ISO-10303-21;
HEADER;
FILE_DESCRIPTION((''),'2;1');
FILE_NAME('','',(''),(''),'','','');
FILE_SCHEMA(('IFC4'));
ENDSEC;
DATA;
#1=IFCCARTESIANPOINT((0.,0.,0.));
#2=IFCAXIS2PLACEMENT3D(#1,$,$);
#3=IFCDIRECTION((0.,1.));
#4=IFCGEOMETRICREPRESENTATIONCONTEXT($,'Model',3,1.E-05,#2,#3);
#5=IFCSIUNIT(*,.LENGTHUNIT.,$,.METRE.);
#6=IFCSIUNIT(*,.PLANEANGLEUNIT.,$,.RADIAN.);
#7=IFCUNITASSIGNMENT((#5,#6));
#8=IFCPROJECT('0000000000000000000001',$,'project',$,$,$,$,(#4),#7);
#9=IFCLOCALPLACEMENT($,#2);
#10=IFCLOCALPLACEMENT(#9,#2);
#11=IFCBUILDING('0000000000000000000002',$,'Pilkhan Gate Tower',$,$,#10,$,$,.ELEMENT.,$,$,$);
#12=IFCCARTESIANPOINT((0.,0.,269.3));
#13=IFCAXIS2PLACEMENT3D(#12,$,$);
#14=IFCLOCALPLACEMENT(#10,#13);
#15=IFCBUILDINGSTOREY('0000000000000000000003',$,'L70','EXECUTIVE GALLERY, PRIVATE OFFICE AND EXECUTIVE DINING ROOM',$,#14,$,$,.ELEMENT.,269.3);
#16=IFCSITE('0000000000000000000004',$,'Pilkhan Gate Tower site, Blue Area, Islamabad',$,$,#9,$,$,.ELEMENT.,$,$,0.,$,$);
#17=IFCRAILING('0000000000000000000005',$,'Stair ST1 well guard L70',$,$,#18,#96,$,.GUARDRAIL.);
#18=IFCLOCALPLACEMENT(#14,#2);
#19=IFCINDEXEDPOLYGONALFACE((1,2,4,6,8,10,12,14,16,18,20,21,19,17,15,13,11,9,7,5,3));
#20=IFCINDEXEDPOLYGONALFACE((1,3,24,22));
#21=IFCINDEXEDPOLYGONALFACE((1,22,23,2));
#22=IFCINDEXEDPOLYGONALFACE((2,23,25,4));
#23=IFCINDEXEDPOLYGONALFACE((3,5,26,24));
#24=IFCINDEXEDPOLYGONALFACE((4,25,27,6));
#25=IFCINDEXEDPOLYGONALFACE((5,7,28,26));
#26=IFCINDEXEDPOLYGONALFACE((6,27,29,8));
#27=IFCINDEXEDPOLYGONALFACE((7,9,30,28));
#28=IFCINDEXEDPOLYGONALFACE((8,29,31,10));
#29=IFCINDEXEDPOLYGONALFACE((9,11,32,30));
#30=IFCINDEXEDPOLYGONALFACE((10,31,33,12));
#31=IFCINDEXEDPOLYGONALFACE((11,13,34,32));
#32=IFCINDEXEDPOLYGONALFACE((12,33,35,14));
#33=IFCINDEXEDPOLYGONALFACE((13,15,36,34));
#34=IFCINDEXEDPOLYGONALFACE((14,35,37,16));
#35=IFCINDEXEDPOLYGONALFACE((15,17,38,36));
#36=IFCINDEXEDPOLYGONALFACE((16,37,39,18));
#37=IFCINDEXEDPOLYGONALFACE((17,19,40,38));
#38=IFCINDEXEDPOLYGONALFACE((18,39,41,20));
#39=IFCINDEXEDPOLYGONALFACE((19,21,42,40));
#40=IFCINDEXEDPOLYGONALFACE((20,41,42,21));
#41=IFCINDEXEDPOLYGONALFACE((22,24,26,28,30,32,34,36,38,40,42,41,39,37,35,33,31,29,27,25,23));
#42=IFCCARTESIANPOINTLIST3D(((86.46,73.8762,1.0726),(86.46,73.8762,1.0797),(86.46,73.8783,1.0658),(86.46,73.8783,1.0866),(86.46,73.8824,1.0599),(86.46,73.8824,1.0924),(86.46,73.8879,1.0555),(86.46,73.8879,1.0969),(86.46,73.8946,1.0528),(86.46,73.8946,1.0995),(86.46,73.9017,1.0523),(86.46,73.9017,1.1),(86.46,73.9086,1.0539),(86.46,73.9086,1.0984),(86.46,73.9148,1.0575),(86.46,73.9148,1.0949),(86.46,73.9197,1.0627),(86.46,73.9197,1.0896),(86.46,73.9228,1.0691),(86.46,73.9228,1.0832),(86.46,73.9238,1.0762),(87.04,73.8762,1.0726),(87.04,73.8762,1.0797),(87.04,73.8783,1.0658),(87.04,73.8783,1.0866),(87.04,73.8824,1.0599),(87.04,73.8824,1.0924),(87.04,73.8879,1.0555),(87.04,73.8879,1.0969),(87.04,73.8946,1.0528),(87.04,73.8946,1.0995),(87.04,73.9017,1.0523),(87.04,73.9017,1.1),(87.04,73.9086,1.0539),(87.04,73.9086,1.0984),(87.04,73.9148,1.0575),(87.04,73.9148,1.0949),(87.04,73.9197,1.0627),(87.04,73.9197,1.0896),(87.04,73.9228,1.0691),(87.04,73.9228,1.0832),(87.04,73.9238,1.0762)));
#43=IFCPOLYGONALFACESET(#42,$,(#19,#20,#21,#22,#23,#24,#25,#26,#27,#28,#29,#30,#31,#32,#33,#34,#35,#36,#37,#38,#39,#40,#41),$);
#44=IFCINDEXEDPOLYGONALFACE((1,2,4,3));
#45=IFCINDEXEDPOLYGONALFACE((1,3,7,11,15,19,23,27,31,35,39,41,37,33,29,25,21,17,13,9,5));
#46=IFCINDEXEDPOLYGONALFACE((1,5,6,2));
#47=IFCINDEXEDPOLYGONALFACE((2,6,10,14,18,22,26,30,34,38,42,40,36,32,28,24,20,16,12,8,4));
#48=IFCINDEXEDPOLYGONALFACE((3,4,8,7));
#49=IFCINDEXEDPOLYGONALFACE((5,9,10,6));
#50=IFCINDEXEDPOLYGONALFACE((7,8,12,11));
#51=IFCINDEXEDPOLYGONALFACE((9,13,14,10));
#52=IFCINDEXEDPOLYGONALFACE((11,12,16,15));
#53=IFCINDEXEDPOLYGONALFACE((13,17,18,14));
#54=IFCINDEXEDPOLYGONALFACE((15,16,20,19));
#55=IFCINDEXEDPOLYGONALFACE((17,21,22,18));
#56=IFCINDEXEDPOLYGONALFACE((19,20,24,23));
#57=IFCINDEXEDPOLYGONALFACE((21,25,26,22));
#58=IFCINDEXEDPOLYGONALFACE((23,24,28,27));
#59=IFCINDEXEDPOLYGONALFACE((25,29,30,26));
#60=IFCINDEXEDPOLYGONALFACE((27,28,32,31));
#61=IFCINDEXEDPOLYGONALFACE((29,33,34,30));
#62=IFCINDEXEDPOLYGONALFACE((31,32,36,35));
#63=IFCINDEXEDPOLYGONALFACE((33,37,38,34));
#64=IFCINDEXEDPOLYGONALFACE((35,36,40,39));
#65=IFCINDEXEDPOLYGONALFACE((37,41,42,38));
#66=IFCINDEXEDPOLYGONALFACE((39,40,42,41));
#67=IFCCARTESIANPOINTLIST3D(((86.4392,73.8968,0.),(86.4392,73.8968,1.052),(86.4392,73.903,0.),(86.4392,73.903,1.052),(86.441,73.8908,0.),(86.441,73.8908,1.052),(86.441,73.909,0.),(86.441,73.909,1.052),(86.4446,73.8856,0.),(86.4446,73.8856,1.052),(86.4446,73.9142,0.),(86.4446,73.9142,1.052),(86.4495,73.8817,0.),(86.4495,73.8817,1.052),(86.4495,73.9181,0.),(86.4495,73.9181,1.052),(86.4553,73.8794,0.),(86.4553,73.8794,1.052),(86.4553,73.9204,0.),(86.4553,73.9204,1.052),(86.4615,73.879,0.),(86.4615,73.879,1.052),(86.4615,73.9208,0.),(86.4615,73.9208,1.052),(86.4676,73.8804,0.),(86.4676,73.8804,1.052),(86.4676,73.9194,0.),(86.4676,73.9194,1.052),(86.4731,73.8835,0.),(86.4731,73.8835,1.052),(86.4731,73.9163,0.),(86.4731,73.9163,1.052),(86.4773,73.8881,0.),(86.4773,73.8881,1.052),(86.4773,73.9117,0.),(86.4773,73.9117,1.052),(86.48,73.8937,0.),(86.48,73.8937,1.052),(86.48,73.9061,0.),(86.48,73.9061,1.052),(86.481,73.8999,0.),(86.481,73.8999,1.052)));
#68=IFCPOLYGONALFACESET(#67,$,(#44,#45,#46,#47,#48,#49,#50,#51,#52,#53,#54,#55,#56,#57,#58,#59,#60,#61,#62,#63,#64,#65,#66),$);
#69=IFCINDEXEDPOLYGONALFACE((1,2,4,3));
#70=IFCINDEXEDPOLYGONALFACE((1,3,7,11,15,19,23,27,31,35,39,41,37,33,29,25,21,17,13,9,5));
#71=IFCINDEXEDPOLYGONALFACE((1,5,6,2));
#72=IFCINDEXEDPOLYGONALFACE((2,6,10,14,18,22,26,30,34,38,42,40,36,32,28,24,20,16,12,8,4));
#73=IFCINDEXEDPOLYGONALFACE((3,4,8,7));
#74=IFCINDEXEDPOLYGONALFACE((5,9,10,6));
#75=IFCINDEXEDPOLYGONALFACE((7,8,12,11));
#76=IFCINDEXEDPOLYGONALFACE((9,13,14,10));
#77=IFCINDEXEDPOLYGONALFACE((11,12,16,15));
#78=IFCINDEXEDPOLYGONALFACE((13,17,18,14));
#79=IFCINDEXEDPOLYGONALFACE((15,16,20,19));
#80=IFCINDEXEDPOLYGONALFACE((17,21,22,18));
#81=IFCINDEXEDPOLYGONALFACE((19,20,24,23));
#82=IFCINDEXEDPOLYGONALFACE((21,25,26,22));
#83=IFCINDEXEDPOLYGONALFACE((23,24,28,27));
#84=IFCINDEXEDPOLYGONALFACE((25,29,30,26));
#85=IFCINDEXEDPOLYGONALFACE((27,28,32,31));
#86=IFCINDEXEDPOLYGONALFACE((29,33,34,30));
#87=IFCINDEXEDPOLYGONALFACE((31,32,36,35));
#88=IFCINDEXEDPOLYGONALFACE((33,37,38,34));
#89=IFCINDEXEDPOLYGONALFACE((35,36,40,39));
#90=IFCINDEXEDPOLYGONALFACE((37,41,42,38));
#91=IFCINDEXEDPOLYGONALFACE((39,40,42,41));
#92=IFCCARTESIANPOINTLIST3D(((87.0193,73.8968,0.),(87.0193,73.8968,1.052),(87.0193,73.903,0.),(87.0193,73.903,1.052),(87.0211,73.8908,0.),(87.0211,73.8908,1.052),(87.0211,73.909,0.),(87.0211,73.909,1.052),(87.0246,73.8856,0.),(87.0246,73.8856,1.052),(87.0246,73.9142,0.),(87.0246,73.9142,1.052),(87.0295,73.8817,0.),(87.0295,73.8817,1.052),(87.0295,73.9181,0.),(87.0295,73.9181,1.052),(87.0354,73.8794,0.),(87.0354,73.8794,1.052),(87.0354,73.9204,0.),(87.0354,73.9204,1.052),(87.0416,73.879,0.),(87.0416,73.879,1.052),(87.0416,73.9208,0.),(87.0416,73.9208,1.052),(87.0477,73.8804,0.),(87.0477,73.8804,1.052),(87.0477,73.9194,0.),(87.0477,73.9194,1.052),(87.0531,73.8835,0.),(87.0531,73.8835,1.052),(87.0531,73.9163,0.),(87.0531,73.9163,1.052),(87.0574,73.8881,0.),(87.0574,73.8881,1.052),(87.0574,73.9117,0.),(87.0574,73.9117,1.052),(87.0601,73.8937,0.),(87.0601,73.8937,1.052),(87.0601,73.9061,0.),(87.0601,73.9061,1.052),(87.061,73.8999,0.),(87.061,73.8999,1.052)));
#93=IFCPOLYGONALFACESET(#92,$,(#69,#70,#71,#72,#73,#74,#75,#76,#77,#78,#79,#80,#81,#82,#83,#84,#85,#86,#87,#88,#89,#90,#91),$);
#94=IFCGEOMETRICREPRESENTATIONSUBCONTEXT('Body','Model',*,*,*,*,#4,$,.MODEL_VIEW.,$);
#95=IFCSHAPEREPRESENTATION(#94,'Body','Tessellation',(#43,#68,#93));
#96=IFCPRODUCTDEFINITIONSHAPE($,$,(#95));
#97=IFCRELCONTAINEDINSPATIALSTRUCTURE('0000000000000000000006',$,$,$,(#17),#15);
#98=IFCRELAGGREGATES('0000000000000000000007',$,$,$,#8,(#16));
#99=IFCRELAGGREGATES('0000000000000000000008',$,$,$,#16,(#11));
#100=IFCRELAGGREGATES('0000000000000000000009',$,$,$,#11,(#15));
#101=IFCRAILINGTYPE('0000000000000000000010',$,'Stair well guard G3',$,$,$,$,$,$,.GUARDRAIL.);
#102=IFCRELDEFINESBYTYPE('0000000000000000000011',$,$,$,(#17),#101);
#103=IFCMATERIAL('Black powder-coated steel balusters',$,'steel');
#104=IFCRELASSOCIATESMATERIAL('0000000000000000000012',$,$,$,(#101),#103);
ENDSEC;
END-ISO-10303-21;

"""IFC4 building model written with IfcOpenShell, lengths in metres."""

from ifc_helpers import new_model, si_unit, direction, frame, origin, origin_2d, place, context, subcontext, project, spatial, circle, extrude, material, type_object, element, save


model = new_model("IFC4")

# Units and contexts
model_context = context("Model", 3, precision=1e-05, world=origin(), true_north=direction((0.0, 1.0)))
body_context = subcontext(model_context, "Body", "Model", "MODEL_VIEW")
ifc_project = project(units=[si_unit("LENGTHUNIT", "METRE"), si_unit("PLANEANGLEUNIT", "RADIAN")], contexts=[model_context])

# Site, building, storey
site_placement = place(None, origin())
site = spatial("IfcSite", under=ifc_project, at=site_placement, Name="Pilkhan Gate Tower site, Blue Area, Islamabad", CompositionType="ELEMENT", RefElevation=0.0)
building_placement = place(site_placement, origin())
building = spatial("IfcBuilding", under=site, at=building_placement, Name="Pilkhan Gate Tower", CompositionType="ELEMENT")
storey_placement = place(building_placement, frame((0.0, 0.0, 269.3)))
storey = spatial("IfcBuildingStorey", under=building, at=storey_placement, Name="L70", Description="EXECUTIVE GALLERY, PRIVATE OFFICE AND EXECUTIVE DINING ROOM", CompositionType="ELEMENT", Elevation=269.3)

# Railing
ifc_material_1 = material(Name="Black powder-coated steel balusters", Category="steel")
railing_type_1 = type_object("IfcRailingType", Name="Stair well guard G3", PredefinedType="GUARDRAIL", material=ifc_material_1)
railing_1_placement = place(storey_placement, frame((86.46, 73.8999, 0.0)))
element("IfcRailing", 1, at=railing_1_placement, inside=storey, type_object=railing_type_1, Name="Stair ST1 well guard L70", PredefinedType="GUARDRAIL", context=body_context, shape_type="SweptSolid", body=[
    extrude(circle(Radius=0.0239, at=origin_2d()), frame((0.0, 0.0, 1.0762), z_axis=(1.0, 0.0, 0.0), x_axis=(0.0, 1.0, 0.0)), (0.0, 0.0, 1.0), 0.5801),
    extrude(circle(Radius=0.021, at=origin_2d()), origin(), (0.0, 0.0, 1.0), 1.052),
    extrude(circle(Radius=0.021, at=origin_2d()), frame((0.5801, 0.0, 0.0)), (0.0, 0.0, 1.0), 1.052),
])

save(model, "model.ifc")
